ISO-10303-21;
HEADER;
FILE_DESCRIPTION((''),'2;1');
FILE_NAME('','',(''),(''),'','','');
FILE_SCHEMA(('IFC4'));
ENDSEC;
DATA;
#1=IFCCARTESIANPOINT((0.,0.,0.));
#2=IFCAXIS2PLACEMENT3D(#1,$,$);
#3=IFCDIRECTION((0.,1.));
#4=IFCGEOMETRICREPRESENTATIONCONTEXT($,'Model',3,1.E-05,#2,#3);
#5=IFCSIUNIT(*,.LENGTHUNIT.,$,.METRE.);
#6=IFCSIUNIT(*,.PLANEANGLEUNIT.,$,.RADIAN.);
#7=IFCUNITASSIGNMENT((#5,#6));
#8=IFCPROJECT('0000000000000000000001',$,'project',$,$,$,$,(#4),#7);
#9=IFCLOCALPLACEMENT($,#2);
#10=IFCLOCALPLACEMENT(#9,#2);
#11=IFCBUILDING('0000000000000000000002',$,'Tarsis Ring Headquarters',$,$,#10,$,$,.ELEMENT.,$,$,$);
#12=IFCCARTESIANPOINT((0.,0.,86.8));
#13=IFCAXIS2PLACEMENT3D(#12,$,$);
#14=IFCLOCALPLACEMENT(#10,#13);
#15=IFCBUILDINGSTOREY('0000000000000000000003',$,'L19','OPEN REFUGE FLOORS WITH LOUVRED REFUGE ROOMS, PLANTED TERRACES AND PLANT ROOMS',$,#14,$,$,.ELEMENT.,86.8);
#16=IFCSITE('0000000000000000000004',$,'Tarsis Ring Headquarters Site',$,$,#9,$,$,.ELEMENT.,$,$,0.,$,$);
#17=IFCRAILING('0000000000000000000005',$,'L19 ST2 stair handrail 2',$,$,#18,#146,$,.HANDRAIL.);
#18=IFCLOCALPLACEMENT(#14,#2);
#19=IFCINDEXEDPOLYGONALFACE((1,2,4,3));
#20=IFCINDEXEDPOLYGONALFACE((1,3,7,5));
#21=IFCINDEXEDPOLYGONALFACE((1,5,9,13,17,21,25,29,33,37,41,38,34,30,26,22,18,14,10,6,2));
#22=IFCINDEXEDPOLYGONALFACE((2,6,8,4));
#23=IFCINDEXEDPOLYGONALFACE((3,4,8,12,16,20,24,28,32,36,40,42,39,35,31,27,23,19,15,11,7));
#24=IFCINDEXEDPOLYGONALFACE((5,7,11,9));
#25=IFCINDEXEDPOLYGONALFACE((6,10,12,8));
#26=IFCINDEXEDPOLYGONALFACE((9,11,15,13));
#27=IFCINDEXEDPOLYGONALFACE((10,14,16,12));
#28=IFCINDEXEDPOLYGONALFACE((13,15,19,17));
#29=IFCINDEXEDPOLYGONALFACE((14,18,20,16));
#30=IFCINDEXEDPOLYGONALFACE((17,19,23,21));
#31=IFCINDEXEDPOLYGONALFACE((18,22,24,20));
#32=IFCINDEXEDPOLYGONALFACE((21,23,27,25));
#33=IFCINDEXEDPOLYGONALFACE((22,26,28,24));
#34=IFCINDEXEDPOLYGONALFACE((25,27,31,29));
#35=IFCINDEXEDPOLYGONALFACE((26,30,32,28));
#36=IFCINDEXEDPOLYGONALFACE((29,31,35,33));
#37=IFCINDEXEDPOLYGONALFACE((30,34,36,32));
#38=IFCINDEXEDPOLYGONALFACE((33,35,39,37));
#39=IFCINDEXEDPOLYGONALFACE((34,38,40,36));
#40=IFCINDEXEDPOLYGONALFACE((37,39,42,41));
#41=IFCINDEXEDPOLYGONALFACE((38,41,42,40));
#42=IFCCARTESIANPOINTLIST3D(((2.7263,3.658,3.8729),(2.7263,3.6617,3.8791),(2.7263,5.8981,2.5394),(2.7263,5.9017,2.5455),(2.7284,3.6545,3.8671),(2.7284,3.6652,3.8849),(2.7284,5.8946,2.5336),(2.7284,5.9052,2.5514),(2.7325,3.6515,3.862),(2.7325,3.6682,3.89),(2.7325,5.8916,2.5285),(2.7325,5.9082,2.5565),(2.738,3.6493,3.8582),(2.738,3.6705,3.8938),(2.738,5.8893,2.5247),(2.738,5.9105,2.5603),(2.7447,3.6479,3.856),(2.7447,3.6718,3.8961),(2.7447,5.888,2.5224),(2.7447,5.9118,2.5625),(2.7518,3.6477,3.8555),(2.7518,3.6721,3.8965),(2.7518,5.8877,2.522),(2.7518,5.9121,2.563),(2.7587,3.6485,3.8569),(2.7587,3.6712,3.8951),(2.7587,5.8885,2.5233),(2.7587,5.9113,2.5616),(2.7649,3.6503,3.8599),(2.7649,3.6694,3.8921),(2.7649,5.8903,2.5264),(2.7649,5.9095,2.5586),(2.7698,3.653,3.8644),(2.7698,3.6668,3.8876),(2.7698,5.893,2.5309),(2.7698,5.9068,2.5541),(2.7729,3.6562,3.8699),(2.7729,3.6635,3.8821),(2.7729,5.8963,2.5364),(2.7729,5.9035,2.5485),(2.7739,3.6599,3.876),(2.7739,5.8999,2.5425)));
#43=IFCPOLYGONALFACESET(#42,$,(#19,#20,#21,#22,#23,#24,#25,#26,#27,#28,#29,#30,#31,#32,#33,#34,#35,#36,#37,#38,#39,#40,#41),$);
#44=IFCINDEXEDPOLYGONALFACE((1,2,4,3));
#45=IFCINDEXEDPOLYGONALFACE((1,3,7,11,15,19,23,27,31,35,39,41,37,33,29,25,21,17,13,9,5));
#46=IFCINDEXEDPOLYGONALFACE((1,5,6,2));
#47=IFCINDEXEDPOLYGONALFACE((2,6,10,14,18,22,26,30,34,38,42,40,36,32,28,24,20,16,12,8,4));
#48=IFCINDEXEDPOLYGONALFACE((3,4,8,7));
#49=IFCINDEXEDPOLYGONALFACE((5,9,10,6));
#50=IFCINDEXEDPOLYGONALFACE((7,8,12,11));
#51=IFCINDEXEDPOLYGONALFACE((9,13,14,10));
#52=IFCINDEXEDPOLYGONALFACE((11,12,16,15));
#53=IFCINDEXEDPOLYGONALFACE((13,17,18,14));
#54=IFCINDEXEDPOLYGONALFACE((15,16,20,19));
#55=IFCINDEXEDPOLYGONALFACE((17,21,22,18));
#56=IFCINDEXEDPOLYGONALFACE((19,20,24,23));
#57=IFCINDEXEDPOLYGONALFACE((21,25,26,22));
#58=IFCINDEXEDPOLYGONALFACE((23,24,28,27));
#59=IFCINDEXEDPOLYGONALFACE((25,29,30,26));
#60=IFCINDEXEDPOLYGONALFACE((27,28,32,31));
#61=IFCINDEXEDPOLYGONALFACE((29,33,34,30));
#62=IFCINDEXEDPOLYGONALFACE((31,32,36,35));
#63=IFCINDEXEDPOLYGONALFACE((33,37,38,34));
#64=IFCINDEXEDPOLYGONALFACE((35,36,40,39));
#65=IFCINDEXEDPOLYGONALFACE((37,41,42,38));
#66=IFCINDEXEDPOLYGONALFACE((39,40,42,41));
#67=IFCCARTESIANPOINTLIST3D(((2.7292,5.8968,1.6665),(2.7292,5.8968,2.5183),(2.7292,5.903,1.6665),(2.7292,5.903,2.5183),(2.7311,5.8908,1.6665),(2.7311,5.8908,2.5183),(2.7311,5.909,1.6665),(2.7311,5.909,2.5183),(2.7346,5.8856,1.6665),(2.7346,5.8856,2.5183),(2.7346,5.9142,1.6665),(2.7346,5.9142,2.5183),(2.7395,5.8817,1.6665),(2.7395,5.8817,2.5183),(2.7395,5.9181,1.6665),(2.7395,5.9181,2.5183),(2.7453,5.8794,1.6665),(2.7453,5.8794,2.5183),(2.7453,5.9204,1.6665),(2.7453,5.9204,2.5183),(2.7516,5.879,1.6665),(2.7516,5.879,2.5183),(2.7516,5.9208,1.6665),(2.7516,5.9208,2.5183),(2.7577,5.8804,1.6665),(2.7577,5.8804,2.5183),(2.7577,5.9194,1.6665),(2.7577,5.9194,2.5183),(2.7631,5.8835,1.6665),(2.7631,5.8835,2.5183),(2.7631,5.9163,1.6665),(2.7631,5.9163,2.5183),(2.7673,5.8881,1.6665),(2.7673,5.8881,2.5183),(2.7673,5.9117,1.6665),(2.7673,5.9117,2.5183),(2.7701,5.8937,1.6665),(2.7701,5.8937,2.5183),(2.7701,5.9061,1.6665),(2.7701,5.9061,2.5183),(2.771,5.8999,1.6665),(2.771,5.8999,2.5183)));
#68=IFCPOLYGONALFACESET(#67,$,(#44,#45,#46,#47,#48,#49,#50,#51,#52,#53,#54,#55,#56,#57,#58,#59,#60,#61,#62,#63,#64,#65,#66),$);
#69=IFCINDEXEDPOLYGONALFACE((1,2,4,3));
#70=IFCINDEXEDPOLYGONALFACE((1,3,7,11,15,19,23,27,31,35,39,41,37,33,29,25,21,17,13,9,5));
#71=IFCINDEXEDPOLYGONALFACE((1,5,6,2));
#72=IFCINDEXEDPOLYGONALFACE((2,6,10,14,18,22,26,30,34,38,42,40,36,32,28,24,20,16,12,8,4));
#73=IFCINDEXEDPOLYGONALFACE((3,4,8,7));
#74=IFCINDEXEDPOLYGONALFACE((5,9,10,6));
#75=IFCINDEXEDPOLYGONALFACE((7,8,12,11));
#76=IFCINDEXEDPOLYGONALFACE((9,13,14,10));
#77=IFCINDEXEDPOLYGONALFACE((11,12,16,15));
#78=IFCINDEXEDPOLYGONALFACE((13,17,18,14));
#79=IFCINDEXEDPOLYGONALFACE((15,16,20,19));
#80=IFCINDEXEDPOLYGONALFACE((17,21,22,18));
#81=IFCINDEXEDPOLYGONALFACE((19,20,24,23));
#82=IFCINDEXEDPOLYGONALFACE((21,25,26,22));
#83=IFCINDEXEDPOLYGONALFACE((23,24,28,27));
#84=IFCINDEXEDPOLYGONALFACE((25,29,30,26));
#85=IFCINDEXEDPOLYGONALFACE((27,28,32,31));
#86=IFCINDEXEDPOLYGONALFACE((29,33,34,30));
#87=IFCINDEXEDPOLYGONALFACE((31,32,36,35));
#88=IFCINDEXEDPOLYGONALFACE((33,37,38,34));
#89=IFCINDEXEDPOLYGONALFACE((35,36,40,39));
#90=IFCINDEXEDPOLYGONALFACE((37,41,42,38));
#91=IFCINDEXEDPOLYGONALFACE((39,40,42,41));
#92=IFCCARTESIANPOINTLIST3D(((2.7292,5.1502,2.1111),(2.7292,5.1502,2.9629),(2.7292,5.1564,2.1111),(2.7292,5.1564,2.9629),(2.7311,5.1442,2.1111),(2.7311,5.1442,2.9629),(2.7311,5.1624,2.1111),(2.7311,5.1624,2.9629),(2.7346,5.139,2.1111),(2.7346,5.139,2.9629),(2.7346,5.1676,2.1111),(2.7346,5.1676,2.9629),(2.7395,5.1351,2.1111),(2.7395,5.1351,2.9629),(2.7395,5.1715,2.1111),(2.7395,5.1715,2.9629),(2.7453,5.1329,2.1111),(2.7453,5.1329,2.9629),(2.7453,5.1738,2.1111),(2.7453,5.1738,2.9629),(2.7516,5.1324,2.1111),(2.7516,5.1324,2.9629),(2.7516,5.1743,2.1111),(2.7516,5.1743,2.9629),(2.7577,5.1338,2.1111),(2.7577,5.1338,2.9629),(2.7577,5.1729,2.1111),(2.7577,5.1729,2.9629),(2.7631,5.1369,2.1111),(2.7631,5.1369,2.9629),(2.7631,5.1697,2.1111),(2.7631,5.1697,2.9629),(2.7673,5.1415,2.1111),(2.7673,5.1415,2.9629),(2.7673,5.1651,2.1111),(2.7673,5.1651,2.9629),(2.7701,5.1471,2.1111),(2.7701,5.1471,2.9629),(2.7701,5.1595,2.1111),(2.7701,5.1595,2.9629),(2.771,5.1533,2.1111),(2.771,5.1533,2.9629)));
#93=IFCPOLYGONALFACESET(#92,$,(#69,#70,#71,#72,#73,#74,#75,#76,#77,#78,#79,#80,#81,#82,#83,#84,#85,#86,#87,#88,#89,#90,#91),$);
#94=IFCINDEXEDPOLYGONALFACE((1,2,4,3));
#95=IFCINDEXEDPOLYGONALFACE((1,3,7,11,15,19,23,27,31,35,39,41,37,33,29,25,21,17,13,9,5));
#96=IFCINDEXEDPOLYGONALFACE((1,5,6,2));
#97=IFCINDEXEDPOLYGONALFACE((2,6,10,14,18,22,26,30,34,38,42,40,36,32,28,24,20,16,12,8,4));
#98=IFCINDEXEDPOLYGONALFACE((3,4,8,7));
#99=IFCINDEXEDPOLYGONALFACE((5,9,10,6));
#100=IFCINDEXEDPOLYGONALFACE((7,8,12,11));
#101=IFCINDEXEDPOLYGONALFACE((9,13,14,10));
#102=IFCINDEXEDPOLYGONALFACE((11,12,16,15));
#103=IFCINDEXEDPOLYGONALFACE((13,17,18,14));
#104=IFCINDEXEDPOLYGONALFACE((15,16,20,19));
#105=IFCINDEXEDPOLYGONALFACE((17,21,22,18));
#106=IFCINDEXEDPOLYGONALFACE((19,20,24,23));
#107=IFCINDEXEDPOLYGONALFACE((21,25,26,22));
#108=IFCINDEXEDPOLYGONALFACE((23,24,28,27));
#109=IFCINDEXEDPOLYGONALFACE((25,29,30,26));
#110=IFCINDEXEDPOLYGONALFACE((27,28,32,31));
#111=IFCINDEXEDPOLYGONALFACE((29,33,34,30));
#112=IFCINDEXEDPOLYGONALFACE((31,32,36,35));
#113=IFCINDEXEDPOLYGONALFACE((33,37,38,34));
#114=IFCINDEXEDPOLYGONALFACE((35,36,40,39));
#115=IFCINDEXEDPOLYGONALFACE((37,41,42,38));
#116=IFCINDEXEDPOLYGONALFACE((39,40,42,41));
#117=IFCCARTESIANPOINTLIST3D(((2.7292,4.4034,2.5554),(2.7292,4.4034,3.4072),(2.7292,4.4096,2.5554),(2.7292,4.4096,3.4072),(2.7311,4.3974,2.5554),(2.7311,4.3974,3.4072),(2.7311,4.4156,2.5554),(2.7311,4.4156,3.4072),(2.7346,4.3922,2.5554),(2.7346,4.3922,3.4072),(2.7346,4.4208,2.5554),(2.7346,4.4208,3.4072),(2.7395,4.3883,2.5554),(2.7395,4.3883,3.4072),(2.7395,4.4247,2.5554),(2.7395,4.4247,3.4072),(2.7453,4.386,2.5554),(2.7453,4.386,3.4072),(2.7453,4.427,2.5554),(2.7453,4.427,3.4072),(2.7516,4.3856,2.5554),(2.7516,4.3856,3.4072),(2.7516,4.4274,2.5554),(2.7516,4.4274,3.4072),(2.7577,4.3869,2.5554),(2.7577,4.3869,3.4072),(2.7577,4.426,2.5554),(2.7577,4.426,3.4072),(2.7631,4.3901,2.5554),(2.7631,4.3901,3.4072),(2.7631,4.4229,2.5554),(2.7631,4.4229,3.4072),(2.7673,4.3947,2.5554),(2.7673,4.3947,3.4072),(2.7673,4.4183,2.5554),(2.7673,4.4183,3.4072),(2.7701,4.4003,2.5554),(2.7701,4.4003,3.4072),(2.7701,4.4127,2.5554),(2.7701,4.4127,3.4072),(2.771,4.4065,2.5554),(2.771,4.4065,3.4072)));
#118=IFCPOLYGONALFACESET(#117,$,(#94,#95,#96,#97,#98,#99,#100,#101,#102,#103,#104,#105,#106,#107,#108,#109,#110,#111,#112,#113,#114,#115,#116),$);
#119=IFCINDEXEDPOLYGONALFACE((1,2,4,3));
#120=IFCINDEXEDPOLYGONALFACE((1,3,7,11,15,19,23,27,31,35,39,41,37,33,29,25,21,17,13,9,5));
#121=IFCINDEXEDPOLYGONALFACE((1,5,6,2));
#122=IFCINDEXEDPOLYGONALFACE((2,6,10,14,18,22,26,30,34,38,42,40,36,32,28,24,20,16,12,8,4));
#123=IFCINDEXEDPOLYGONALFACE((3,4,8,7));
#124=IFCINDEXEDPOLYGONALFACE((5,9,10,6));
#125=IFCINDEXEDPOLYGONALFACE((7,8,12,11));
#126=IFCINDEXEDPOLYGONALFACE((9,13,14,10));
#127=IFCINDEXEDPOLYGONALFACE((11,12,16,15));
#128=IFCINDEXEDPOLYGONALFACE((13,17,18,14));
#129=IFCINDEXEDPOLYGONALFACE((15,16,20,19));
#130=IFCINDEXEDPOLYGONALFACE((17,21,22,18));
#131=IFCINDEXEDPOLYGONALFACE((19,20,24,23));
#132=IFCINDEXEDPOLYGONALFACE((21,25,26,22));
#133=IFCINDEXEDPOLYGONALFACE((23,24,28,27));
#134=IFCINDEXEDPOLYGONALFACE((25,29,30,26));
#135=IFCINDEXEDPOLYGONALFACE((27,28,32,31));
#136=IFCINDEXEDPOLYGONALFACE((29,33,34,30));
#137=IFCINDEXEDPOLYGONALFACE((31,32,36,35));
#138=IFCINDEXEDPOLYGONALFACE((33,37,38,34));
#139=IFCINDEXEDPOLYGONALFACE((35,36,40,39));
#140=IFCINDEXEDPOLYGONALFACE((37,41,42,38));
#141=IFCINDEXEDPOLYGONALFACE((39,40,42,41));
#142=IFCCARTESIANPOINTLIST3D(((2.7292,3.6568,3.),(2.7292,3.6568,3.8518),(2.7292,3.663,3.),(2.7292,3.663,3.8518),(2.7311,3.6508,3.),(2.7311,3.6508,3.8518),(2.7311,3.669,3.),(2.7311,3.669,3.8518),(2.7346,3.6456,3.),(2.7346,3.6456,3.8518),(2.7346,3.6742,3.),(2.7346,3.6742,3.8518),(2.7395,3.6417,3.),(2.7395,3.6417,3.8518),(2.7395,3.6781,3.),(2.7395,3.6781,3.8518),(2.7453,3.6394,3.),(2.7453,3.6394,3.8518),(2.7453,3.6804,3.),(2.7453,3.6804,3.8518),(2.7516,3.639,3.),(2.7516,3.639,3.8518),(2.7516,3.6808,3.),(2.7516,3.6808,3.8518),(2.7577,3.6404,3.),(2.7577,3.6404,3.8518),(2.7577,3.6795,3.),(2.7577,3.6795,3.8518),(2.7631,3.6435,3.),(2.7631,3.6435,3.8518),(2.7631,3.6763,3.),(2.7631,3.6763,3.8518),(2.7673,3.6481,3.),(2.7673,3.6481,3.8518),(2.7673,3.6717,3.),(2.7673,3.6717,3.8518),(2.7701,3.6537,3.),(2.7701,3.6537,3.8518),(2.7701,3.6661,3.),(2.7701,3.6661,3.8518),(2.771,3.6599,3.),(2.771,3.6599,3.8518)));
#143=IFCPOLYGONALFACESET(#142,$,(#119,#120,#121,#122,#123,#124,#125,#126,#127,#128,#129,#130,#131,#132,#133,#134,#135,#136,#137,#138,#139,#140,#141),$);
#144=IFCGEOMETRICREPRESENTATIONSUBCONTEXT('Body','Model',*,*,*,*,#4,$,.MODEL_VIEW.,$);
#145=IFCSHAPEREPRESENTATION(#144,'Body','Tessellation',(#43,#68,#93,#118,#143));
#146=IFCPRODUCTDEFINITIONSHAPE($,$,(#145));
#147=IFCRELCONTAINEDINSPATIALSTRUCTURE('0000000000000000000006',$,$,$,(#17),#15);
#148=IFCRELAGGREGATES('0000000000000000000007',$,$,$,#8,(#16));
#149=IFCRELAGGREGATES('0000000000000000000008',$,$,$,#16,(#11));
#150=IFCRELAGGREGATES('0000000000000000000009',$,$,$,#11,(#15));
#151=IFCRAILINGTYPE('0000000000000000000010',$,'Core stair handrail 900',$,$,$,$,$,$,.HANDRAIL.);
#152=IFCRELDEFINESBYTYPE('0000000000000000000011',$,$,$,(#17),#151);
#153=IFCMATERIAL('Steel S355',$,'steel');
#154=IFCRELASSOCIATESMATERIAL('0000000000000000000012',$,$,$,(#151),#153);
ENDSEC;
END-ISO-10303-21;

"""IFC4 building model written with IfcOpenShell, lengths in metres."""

from ifc_helpers import new_model, si_unit, direction, frame, origin, origin_2d, place, context, subcontext, project, spatial, circle, extrude, material, type_object, element, save


model = new_model("IFC4")

# Units and contexts
model_context = context("Model", 3, precision=1e-05, world=origin(), true_north=direction((0.0, 1.0)))
body_context = subcontext(model_context, "Body", "Model", "MODEL_VIEW")
ifc_project = project(units=[si_unit("LENGTHUNIT", "METRE"), si_unit("PLANEANGLEUNIT", "RADIAN")], contexts=[model_context])

# Site, building, storey
site_placement = place(None, origin())
site = spatial("IfcSite", under=ifc_project, at=site_placement, Name="Tarsis Ring Headquarters Site", CompositionType="ELEMENT", RefElevation=0.0)
building_placement = place(site_placement, origin())
building = spatial("IfcBuilding", under=site, at=building_placement, Name="Tarsis Ring Headquarters", CompositionType="ELEMENT")
storey_placement = place(building_placement, frame((0.0, 0.0, 86.8)))
storey = spatial("IfcBuildingStorey", under=building, at=storey_placement, Name="L19", Description="OPEN REFUGE FLOORS WITH LOUVRED REFUGE ROOMS, PLANTED TERRACES AND PLANT ROOMS", CompositionType="ELEMENT", Elevation=86.8)

# Railing
ifc_material_1 = material(Name="Steel S355", Category="steel")
railing_type_1 = type_object("IfcRailingType", Name="Core stair handrail 900", PredefinedType="HANDRAIL", material=ifc_material_1)
for number, where, name in (
    (1, (2.75, 5.8999, 1.6665), "L19 ST2 stair handrail 2"),
):
    element("IfcRailing", number, at=place(storey_placement, frame(where)), inside=storey, type_object=railing_type_1, Name=name, PredefinedType="HANDRAIL", context=body_context, shape_type="SweptSolid", body=[
        extrude(circle(Radius=0.0239, at=origin_2d()), frame((0.0, 0.0, 0.876), z_axis=(0.0, -0.859264, 0.511532), x_axis=(1.0, 0.0, 0.0)), (0.0, 0.0, 1.0), 2.6069),
        extrude(circle(Radius=0.021, at=origin_2d()), origin(), (0.0, 0.0, 1.0), 0.8518),
        extrude(circle(Radius=0.021, at=origin_2d()), frame((0.0, -0.7466, 0.4446)), (0.0, 0.0, 1.0), 0.8518),
        extrude(circle(Radius=0.021, at=origin_2d()), frame((0.0, -1.4934, 0.8889)), (0.0, 0.0, 1.0), 0.8518),
        extrude(circle(Radius=0.021, at=origin_2d()), frame((0.0, -2.24, 1.3335)), (0.0, 0.0, 1.0), 0.8518),
    ])

save(model, "model.ifc")
